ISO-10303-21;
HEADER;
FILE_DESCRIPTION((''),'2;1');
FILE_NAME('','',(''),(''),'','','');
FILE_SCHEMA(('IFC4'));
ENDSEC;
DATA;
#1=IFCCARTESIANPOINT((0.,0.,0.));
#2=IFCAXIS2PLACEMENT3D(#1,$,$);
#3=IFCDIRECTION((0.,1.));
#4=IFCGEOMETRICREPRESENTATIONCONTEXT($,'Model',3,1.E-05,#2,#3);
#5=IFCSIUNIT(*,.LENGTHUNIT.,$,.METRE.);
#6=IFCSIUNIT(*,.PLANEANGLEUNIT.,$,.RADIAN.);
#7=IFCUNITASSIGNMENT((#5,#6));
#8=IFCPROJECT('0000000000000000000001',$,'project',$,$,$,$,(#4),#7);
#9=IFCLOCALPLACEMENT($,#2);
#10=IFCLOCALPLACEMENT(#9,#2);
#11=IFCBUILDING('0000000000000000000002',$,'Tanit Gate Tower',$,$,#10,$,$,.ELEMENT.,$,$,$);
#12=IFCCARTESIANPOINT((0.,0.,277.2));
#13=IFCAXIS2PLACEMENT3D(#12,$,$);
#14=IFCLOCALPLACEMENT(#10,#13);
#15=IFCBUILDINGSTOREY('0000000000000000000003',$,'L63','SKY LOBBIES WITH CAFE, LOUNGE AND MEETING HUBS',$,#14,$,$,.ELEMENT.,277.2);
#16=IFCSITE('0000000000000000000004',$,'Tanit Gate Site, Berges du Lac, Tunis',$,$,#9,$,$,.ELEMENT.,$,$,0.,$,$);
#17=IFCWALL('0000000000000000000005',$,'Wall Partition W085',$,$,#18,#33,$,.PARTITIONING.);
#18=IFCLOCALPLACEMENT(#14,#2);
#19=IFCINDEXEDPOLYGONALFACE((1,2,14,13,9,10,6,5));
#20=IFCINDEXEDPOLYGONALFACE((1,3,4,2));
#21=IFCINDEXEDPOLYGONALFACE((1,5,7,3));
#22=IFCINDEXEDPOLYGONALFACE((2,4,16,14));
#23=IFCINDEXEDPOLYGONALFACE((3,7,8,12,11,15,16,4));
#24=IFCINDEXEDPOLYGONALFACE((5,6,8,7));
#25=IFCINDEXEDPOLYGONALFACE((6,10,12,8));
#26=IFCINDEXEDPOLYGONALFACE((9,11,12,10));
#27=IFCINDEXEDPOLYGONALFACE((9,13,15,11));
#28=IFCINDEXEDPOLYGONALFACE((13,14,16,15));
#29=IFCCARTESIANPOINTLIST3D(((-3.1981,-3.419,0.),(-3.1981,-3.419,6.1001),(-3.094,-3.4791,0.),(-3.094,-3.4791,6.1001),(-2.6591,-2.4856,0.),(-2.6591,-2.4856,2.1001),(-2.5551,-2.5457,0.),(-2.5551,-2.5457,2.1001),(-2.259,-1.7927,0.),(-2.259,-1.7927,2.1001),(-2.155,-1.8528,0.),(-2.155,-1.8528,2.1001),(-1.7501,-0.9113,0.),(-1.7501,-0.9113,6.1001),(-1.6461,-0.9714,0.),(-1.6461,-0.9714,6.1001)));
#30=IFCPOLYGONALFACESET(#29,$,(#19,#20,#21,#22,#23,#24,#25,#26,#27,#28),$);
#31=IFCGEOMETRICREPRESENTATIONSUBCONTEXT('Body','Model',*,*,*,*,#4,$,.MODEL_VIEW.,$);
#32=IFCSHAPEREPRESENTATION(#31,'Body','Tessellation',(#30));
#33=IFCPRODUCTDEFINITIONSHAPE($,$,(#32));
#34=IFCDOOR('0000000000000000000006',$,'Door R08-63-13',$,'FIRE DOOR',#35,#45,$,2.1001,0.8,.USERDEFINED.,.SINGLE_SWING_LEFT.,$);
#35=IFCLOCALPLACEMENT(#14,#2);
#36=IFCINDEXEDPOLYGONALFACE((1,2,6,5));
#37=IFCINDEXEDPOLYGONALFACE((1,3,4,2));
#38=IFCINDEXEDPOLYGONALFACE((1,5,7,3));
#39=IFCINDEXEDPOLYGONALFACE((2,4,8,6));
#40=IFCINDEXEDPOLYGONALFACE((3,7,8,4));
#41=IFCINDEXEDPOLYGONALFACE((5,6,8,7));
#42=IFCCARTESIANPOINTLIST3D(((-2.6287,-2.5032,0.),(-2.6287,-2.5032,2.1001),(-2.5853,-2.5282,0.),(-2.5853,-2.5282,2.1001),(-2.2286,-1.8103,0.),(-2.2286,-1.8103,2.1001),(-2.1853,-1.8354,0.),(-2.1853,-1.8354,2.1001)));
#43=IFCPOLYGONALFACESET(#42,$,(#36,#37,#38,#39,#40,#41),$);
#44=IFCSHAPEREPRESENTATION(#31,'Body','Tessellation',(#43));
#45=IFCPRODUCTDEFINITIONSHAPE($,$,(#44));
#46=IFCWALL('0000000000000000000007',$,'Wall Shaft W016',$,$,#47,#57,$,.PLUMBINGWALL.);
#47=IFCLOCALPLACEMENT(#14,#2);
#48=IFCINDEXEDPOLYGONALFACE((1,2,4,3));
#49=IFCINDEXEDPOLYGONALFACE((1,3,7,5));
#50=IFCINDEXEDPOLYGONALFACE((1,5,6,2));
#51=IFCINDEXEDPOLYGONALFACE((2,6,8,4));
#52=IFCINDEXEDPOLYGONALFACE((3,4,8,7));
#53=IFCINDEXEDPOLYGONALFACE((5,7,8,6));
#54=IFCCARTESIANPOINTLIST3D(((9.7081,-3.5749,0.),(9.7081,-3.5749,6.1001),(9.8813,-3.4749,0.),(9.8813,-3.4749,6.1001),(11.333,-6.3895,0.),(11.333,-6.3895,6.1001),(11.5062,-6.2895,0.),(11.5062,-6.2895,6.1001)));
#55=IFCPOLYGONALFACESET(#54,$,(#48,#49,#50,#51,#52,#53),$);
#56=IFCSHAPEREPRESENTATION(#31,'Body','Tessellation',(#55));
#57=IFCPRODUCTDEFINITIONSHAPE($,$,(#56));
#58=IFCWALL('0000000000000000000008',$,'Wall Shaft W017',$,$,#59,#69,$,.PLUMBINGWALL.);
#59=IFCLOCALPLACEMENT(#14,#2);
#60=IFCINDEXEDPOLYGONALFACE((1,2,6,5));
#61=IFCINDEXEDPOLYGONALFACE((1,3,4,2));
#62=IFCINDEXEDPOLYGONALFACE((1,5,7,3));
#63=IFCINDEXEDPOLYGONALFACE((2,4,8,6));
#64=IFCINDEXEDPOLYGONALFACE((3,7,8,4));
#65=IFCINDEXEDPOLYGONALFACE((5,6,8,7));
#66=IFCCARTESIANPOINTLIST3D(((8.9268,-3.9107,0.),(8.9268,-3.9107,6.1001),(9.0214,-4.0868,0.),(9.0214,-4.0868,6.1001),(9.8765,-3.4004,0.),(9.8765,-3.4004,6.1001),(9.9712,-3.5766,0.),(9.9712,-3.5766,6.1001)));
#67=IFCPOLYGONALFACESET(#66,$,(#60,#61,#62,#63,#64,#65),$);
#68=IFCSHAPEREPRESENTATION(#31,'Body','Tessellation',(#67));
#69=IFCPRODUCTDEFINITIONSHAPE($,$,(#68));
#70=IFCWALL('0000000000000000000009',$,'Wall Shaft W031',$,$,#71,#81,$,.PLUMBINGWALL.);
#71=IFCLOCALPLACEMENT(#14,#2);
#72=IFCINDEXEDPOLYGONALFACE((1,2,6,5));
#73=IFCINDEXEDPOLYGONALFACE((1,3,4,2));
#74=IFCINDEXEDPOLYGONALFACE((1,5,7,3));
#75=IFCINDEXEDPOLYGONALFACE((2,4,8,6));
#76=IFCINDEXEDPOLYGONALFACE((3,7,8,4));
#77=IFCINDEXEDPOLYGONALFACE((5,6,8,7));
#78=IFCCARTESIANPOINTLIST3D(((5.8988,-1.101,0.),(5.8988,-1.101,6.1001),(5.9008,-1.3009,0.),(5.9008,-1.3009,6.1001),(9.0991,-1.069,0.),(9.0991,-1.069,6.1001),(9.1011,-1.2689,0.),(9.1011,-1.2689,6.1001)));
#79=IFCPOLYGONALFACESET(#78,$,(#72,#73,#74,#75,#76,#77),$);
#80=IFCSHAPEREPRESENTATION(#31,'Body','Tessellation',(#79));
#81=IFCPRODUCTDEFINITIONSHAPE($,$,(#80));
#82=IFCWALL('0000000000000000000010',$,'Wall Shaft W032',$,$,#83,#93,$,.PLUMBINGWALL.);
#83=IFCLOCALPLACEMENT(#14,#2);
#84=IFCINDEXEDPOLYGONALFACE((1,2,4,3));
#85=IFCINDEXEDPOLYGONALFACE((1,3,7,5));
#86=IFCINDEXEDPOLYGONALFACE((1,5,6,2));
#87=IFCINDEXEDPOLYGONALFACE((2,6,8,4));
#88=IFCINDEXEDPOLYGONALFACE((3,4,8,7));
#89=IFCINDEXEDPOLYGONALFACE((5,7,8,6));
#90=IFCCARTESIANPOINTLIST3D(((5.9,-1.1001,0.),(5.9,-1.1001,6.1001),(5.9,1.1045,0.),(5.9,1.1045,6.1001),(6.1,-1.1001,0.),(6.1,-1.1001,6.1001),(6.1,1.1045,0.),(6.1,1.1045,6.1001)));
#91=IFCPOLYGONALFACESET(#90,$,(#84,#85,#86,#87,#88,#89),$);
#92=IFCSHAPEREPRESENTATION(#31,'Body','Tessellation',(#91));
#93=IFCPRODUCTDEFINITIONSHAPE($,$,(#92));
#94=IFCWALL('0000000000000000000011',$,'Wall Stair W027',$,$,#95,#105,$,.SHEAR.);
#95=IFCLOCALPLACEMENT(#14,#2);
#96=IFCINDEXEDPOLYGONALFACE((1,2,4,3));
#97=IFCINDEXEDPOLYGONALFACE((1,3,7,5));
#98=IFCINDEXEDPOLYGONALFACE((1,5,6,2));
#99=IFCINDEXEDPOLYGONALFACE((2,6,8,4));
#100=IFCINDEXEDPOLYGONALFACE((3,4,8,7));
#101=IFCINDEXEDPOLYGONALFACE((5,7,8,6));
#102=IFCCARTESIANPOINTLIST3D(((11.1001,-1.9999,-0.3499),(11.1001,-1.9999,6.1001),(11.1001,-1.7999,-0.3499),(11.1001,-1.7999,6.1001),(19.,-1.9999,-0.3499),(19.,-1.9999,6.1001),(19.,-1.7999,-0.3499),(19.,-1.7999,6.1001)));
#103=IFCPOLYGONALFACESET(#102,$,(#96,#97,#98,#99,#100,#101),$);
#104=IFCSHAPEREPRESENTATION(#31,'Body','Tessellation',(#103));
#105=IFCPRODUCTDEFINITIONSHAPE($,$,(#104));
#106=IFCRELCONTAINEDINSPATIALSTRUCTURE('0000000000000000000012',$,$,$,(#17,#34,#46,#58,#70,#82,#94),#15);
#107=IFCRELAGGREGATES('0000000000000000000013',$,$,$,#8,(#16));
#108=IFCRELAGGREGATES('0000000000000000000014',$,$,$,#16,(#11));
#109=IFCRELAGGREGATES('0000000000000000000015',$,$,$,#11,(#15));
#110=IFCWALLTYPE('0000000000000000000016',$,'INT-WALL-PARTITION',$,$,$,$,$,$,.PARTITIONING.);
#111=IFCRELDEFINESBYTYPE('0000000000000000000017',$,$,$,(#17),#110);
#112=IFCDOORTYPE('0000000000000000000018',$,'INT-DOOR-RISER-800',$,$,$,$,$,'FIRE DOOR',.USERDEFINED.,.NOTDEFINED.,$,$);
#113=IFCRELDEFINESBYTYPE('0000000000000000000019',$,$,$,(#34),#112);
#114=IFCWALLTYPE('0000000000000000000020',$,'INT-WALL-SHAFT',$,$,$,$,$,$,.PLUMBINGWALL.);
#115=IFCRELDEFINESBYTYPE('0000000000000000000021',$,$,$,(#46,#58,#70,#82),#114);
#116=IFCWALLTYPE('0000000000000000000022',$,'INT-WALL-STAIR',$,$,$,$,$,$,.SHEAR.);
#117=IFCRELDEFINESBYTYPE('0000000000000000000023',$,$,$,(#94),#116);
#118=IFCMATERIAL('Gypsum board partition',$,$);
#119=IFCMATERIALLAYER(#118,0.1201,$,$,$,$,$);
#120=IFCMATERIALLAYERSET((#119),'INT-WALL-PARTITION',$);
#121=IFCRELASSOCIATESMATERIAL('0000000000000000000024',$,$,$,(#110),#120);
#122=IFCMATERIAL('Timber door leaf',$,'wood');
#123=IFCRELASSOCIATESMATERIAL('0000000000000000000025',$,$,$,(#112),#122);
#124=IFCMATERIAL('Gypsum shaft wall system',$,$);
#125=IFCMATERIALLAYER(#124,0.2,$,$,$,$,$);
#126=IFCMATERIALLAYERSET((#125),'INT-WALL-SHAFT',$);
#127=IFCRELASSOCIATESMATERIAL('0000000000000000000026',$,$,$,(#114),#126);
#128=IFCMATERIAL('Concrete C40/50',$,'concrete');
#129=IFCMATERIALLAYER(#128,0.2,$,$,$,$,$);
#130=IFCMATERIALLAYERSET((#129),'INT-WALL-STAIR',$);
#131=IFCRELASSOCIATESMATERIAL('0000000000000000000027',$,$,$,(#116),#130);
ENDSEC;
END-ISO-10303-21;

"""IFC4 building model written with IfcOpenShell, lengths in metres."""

from ifc_helpers import new_model, si_unit, direction, frame, frame_2d, origin, place, context, subcontext, project, spatial, rectangle, extrude, material, layer, layer_set, type_object, element, fill, save


model = new_model("IFC4")

# Units and contexts
model_context = context("Model", 3, precision=1e-05, world=origin(), true_north=direction((0.0, 1.0)))
body_context = subcontext(model_context, "Body", "Model", "MODEL_VIEW")
ifc_project = project(units=[si_unit("LENGTHUNIT", "METRE"), si_unit("PLANEANGLEUNIT", "RADIAN")], contexts=[model_context])

# Site, building, storey
site_placement = place(None, origin())
site = spatial("IfcSite", under=ifc_project, at=site_placement, Name="Tanit Gate Site, Berges du Lac, Tunis", CompositionType="ELEMENT", RefElevation=0.0)
building_placement = place(site_placement, origin())
building = spatial("IfcBuilding", under=site, at=building_placement, Name="Tanit Gate Tower", CompositionType="ELEMENT")
storey_placement = place(building_placement, frame((0.0, 0.0, 277.2)))
storey = spatial("IfcBuildingStorey", under=building, at=storey_placement, Name="L63", Description="SKY LOBBIES WITH CAFE, LOUNGE AND MEETING HUBS", CompositionType="ELEMENT", Elevation=277.2)

# Shared definitions
ifc_material_1 = material(Name="Gypsum board partition")
ifc_layer_1 = layer(ifc_material_1, 0.1201)
ifc_layer_set_1 = layer_set([ifc_layer_1], Name="INT-WALL-PARTITION")
wall_type_1 = type_object("IfcWallType", Name="INT-WALL-PARTITION", PredefinedType="PARTITIONING", material=ifc_layer_set_1)
ifc_material_2 = material(Name="Timber door leaf", Category="wood")
door_type_1 = type_object("IfcDoorType", Name="INT-DOOR-RISER-800", ElementType="FIRE DOOR", OperationType="NOTDEFINED", PredefinedType="USERDEFINED", material=ifc_material_2)

# Wall, opening, door
wall_1_placement = place(storey_placement, frame((-3.146, -3.449, 0.0), z_axis=(0.0, 0.0, 1.0), x_axis=(0.500029, 0.866009, 0.0)))
wall_1 = element("IfcWall", 1, at=wall_1_placement, inside=storey, type_object=wall_type_1, Name="Wall Partition W085", PredefinedType="PARTITIONING", context=body_context, shape_type="SweptSolid", body=[
    extrude(rectangle(XDim=2.8958, YDim=0.1201, at=frame_2d((1.4478, 0.0))), origin(), (0.0, 0.0, 1.0), 6.1001),
])
opening_1_placement = place(wall_1_placement, frame((1.0779, 0.0, 0.0)))
opening_1 = element("IfcOpeningElement", 2, at=opening_1_placement, cuts=wall_1, PredefinedType="OPENING", context=body_context, shape_type="SweptSolid", body=[
    extrude(rectangle(XDim=0.8, YDim=2.1001, at=frame_2d((0.3999, 1.05))), frame((0.0, 0.0701, 0.0), z_axis=(0.0, -1.0, 0.0), x_axis=(1.0, 0.0, 0.0)), (0.0, 0.0, 1.0), 0.1401),
])
door_1_placement = place(opening_1_placement, origin())
door_1 = element("IfcDoor", 3, at=door_1_placement, inside=storey, type_object=door_type_1, Name="Door R08-63-13", ObjectType="FIRE DOOR", OperationType="SINGLE_SWING_LEFT", OverallHeight=2.1001, OverallWidth=0.8, PredefinedType="USERDEFINED", context=body_context, shape_type="SweptSolid", body=[
    extrude(rectangle(XDim=0.8, YDim=2.1001, at=frame_2d((0.3999, 1.05))), frame((0.0, 0.0249, 0.0), z_axis=(0.0, -1.0, 0.0), x_axis=(1.0, 0.0, 0.0)), (0.0, 0.0, 1.0), 0.05),
])
fill(opening_1, door_1)

# Walls
ifc_material_3 = material(Name="Gypsum shaft wall system")
ifc_layer_2 = layer(ifc_material_3, 0.2)
ifc_layer_set_2 = layer_set([ifc_layer_2], Name="INT-WALL-SHAFT")
wall_type_2 = type_object("IfcWallType", Name="INT-WALL-SHAFT", PredefinedType="PLUMBINGWALL", material=ifc_layer_set_2)
wall_2_placement = place(storey_placement, frame((9.7947, -3.5249, 0.0), z_axis=(0.0, 0.0, 1.0), x_axis=(0.499985, -0.866034, 0.0)))
element("IfcWall", 4, at=wall_2_placement, inside=storey, type_object=wall_type_2, Name="Wall Shaft W016", PredefinedType="PLUMBINGWALL", context=body_context, shape_type="SweptSolid", body=[
    extrude(rectangle(XDim=3.25, YDim=0.2, at=frame_2d((1.625, 0.0))), origin(), (0.0, 0.0, 1.0), 6.1001),
])
wall_3_placement = place(storey_placement, frame((8.9741, -3.9988, 0.0), z_axis=(0.0, 0.0, 1.0), x_axis=(0.880907, 0.473289, 0.0)))
element("IfcWall", 5, at=wall_3_placement, inside=storey, type_object=wall_type_2, Name="Wall Shaft W017", PredefinedType="PLUMBINGWALL", context=body_context, shape_type="SweptSolid", body=[
    extrude(rectangle(XDim=1.0781, YDim=0.2, at=frame_2d((0.5391, 0.0))), origin(), (0.0, 0.0, 1.0), 6.1001),
])
wall_4_placement = place(storey_placement, frame((5.8999, -1.2009, 0.0), z_axis=(0.0, 0.0, 1.0), x_axis=(0.99995, 0.009993, 0.0)))
element("IfcWall", 6, at=wall_4_placement, inside=storey, type_object=wall_type_2, Name="Wall Shaft W031", PredefinedType="PLUMBINGWALL", context=body_context, shape_type="SweptSolid", body=[
    extrude(rectangle(XDim=3.2004, YDim=0.2, at=frame_2d((1.6001, 0.0))), origin(), (0.0, 0.0, 1.0), 6.1001),
])
wall_5_placement = place(storey_placement, frame((6.0, -1.1001, 0.0), z_axis=(0.0, 0.0, 1.0), x_axis=(0.0, 1.0, 0.0)))
element("IfcWall", 7, at=wall_5_placement, inside=storey, type_object=wall_type_2, Name="Wall Shaft W032", PredefinedType="PLUMBINGWALL", context=body_context, shape_type="SweptSolid", body=[
    extrude(rectangle(XDim=2.2046, YDim=0.2, at=frame_2d((1.1023, 0.0))), origin(), (0.0, 0.0, 1.0), 6.1001),
])
ifc_material_4 = material(Name="Concrete C40/50", Category="concrete")
ifc_layer_3 = layer(ifc_material_4, 0.2)
ifc_layer_set_3 = layer_set([ifc_layer_3], Name="INT-WALL-STAIR")
wall_type_3 = type_object("IfcWallType", Name="INT-WALL-STAIR", PredefinedType="SHEAR", material=ifc_layer_set_3)
wall_6_placement = place(storey_placement, frame((11.1001, -1.8999, -0.3499), z_axis=(0.0, 0.0, 1.0), x_axis=(1.0, 0.0, 0.0)))
element("IfcWall", 8, at=wall_6_placement, inside=storey, type_object=wall_type_3, Name="Wall Stair W027", PredefinedType="SHEAR", context=body_context, shape_type="SweptSolid", body=[
    extrude(rectangle(XDim=7.8999, YDim=0.2, at=frame_2d((3.95, 0.0))), origin(), (0.0, 0.0, 1.0), 6.45),
])

save(model, "model.ifc")
